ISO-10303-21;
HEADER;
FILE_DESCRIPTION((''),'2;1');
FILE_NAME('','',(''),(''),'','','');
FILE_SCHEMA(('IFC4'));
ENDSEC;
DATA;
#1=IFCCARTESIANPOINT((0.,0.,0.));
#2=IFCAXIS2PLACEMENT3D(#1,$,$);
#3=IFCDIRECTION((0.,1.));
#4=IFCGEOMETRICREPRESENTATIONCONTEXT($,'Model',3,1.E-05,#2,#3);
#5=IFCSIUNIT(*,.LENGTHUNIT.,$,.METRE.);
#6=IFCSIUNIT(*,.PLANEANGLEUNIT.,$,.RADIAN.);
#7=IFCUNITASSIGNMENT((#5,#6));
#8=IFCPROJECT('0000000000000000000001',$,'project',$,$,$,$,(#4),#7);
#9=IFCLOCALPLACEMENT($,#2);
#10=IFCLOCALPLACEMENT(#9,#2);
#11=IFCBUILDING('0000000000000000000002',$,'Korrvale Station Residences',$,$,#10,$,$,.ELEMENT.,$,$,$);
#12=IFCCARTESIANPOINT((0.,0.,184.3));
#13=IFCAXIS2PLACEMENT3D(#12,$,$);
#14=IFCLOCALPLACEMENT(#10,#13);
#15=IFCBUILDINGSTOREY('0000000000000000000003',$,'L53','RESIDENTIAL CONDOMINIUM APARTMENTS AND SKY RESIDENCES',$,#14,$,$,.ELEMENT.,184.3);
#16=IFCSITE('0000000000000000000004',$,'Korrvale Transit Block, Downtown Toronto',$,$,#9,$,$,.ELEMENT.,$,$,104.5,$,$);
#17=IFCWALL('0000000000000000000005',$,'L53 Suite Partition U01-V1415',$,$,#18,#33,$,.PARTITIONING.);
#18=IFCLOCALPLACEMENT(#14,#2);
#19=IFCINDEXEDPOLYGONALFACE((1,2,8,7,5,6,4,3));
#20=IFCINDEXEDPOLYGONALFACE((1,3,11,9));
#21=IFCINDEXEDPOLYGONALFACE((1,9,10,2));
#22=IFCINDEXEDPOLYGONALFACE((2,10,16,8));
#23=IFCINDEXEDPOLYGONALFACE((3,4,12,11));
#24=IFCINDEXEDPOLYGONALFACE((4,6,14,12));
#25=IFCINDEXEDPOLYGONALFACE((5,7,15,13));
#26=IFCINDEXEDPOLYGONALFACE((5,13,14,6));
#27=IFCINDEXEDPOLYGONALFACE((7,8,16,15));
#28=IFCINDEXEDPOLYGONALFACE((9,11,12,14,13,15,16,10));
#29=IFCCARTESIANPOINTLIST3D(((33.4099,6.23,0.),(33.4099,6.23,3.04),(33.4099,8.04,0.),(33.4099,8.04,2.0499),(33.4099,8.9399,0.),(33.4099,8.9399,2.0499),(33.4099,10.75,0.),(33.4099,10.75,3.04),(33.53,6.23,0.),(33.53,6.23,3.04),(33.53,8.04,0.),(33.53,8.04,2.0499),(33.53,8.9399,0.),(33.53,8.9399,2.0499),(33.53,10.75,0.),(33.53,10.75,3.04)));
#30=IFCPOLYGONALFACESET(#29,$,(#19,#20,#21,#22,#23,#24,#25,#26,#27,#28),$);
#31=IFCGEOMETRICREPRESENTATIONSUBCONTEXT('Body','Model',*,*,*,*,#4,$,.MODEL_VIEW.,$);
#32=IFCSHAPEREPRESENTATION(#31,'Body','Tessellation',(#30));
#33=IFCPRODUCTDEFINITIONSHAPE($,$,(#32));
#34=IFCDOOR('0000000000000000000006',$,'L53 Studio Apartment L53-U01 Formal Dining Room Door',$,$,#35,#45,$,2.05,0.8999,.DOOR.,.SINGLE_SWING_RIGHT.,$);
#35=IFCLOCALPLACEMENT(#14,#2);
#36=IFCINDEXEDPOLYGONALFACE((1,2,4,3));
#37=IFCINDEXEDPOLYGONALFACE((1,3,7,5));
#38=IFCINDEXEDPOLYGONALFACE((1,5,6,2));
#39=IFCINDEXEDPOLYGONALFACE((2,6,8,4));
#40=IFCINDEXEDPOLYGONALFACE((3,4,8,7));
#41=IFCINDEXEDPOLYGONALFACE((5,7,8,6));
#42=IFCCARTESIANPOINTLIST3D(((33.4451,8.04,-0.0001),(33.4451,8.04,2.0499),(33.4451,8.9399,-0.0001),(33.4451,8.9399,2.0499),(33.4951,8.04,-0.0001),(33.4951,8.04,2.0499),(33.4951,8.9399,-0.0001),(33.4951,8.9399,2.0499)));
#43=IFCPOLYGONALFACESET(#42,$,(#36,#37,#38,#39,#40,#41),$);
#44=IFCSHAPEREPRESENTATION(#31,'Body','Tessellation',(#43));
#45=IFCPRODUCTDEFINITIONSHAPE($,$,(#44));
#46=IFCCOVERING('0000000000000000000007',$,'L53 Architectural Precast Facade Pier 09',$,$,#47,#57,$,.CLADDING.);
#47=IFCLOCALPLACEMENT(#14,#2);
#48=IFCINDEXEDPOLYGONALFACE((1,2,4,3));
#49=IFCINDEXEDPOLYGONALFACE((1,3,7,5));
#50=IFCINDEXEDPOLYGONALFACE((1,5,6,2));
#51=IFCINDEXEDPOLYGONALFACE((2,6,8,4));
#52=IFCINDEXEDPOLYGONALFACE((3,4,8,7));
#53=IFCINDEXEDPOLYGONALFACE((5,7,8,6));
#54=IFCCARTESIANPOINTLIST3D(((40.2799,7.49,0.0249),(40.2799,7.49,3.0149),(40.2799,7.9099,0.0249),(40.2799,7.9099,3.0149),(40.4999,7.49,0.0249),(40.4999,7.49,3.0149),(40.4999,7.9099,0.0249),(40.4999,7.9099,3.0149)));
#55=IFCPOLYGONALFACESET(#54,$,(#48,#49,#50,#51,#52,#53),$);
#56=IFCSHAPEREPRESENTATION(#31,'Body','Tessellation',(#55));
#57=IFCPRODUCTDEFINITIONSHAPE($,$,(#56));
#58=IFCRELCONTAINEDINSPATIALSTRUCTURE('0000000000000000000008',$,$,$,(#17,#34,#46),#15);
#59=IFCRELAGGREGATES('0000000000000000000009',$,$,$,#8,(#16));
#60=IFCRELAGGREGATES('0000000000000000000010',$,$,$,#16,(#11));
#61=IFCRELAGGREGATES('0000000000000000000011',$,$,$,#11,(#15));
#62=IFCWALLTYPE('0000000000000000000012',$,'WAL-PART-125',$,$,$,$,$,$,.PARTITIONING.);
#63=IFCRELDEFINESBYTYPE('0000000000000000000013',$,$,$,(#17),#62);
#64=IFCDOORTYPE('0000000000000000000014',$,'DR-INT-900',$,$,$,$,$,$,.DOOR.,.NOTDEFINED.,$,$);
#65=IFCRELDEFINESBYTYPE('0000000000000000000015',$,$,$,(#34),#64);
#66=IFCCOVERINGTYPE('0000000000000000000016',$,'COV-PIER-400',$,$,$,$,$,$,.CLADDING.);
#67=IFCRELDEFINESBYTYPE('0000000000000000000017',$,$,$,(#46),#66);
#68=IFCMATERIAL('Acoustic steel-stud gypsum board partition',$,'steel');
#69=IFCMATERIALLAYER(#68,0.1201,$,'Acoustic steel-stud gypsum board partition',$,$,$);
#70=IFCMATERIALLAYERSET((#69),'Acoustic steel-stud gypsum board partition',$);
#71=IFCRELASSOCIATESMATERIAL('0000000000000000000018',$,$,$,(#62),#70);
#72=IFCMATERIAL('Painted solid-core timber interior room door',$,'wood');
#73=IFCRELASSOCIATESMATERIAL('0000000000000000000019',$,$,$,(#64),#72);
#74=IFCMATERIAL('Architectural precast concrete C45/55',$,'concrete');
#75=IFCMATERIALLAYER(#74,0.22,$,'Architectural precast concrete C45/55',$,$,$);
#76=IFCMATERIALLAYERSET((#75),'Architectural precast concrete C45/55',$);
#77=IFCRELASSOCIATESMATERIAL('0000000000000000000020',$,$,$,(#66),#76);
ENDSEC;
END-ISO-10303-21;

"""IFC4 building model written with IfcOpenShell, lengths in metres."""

from ifc_helpers import new_model, si_unit, direction, frame, frame_2d, origin, origin_2d, place, context, subcontext, project, spatial, rectangle, extrude, material, layer, layer_set, type_object, element, fill, save


model = new_model("IFC4")

# Units and contexts
model_context = context("Model", 3, precision=1e-05, world=origin(), true_north=direction((0.0, 1.0)))
body_context = subcontext(model_context, "Body", "Model", "MODEL_VIEW")
ifc_project = project(units=[si_unit("LENGTHUNIT", "METRE"), si_unit("PLANEANGLEUNIT", "RADIAN")], contexts=[model_context])

# Site, building, storey
site_placement = place(None, origin())
site = spatial("IfcSite", under=ifc_project, at=site_placement, Name="Korrvale Transit Block, Downtown Toronto", CompositionType="ELEMENT", RefElevation=104.5)
building_placement = place(site_placement, origin())
building = spatial("IfcBuilding", under=site, at=building_placement, Name="Korrvale Station Residences", CompositionType="ELEMENT")
storey_placement = place(building_placement, frame((0.0, 0.0, 184.3)))
storey = spatial("IfcBuildingStorey", under=building, at=storey_placement, Name="L53", Description="RESIDENTIAL CONDOMINIUM APARTMENTS AND SKY RESIDENCES", CompositionType="ELEMENT", Elevation=184.3)

# Wall, opening, door
ifc_material_1 = material(Name="Acoustic steel-stud gypsum board partition", Category="steel")
ifc_layer_1 = layer(ifc_material_1, 0.1201, Name="Acoustic steel-stud gypsum board partition")
ifc_layer_set_1 = layer_set([ifc_layer_1], Name="Acoustic steel-stud gypsum board partition")
wall_type_1 = type_object("IfcWallType", Name="WAL-PART-125", PredefinedType="PARTITIONING", material=ifc_layer_set_1)
ifc_material_2 = material(Name="Painted solid-core timber interior room door", Category="wood")
door_type_1 = type_object("IfcDoorType", Name="DR-INT-900", OperationType="NOTDEFINED", PredefinedType="DOOR", material=ifc_material_2)
wall_1_placement = place(storey_placement, frame((33.47, 6.23, 0.0), z_axis=(0.0, 0.0, 1.0), x_axis=(0.0, 1.0, 0.0)))
wall_1 = element("IfcWall", 1, at=wall_1_placement, inside=storey, type_object=wall_type_1, Name="L53 Suite Partition U01-V1415", PredefinedType="PARTITIONING", context=body_context, shape_type="SweptSolid", body=[
    extrude(rectangle(XDim=4.52, YDim=0.1201, at=frame_2d((2.26, 0.0))), origin(), (0.0, 0.0, 1.0), 3.04),
])
opening_1_placement = place(wall_1_placement, frame((1.8101, 0.0, 0.0)))
opening_1 = element("IfcOpeningElement", 2, at=opening_1_placement, cuts=wall_1, PredefinedType="OPENING", context=body_context, shape_type="SweptSolid", body=[
    extrude(rectangle(XDim=0.8999, YDim=2.05, at=frame_2d((0.45, 1.0249))), frame((0.0, 0.0701, 0.0), z_axis=(0.0, -1.0, 0.0), x_axis=(1.0, 0.0, 0.0)), (0.0, 0.0, 1.0), 0.1401),
])
door_1_placement = place(opening_1_placement, origin())
door_1 = element("IfcDoor", 3, at=door_1_placement, inside=storey, type_object=door_type_1, Name="L53 Studio Apartment L53-U01 Formal Dining Room Door", OperationType="SINGLE_SWING_RIGHT", OverallHeight=2.05, OverallWidth=0.8999, PredefinedType="DOOR", context=body_context, shape_type="SweptSolid", body=[
    extrude(rectangle(XDim=0.8999, YDim=2.05, at=frame_2d((0.45, 1.0249))), frame((0.0, 0.0249, 0.0), z_axis=(0.0, -1.0, 0.0), x_axis=(1.0, 0.0, 0.0)), (0.0, 0.0, 1.0), 0.05),
])
fill(opening_1, door_1)

# Covering
ifc_material_3 = material(Name="Architectural precast concrete C45/55", Category="concrete")
ifc_layer_2 = layer(ifc_material_3, 0.22, Name="Architectural precast concrete C45/55")
ifc_layer_set_2 = layer_set([ifc_layer_2], Name="Architectural precast concrete C45/55")
covering_type = type_object("IfcCoveringType", Name="COV-PIER-400", PredefinedType="CLADDING", material=ifc_layer_set_2)
covering_placement = place(storey_placement, frame((40.3899, 7.7, 0.0249), z_axis=(0.0, 0.0, 1.0), x_axis=(0.0, 1.0, 0.0)))
element("IfcCovering", 4, at=covering_placement, inside=storey, type_object=covering_type, Name="L53 Architectural Precast Facade Pier 09", PredefinedType="CLADDING", context=body_context, shape_type="SweptSolid", body=[
    extrude(rectangle(XDim=0.4199, YDim=0.22, at=origin_2d()), origin(), (0.0, 0.0, 1.0), 2.99),
])

save(model, "model.ifc")
